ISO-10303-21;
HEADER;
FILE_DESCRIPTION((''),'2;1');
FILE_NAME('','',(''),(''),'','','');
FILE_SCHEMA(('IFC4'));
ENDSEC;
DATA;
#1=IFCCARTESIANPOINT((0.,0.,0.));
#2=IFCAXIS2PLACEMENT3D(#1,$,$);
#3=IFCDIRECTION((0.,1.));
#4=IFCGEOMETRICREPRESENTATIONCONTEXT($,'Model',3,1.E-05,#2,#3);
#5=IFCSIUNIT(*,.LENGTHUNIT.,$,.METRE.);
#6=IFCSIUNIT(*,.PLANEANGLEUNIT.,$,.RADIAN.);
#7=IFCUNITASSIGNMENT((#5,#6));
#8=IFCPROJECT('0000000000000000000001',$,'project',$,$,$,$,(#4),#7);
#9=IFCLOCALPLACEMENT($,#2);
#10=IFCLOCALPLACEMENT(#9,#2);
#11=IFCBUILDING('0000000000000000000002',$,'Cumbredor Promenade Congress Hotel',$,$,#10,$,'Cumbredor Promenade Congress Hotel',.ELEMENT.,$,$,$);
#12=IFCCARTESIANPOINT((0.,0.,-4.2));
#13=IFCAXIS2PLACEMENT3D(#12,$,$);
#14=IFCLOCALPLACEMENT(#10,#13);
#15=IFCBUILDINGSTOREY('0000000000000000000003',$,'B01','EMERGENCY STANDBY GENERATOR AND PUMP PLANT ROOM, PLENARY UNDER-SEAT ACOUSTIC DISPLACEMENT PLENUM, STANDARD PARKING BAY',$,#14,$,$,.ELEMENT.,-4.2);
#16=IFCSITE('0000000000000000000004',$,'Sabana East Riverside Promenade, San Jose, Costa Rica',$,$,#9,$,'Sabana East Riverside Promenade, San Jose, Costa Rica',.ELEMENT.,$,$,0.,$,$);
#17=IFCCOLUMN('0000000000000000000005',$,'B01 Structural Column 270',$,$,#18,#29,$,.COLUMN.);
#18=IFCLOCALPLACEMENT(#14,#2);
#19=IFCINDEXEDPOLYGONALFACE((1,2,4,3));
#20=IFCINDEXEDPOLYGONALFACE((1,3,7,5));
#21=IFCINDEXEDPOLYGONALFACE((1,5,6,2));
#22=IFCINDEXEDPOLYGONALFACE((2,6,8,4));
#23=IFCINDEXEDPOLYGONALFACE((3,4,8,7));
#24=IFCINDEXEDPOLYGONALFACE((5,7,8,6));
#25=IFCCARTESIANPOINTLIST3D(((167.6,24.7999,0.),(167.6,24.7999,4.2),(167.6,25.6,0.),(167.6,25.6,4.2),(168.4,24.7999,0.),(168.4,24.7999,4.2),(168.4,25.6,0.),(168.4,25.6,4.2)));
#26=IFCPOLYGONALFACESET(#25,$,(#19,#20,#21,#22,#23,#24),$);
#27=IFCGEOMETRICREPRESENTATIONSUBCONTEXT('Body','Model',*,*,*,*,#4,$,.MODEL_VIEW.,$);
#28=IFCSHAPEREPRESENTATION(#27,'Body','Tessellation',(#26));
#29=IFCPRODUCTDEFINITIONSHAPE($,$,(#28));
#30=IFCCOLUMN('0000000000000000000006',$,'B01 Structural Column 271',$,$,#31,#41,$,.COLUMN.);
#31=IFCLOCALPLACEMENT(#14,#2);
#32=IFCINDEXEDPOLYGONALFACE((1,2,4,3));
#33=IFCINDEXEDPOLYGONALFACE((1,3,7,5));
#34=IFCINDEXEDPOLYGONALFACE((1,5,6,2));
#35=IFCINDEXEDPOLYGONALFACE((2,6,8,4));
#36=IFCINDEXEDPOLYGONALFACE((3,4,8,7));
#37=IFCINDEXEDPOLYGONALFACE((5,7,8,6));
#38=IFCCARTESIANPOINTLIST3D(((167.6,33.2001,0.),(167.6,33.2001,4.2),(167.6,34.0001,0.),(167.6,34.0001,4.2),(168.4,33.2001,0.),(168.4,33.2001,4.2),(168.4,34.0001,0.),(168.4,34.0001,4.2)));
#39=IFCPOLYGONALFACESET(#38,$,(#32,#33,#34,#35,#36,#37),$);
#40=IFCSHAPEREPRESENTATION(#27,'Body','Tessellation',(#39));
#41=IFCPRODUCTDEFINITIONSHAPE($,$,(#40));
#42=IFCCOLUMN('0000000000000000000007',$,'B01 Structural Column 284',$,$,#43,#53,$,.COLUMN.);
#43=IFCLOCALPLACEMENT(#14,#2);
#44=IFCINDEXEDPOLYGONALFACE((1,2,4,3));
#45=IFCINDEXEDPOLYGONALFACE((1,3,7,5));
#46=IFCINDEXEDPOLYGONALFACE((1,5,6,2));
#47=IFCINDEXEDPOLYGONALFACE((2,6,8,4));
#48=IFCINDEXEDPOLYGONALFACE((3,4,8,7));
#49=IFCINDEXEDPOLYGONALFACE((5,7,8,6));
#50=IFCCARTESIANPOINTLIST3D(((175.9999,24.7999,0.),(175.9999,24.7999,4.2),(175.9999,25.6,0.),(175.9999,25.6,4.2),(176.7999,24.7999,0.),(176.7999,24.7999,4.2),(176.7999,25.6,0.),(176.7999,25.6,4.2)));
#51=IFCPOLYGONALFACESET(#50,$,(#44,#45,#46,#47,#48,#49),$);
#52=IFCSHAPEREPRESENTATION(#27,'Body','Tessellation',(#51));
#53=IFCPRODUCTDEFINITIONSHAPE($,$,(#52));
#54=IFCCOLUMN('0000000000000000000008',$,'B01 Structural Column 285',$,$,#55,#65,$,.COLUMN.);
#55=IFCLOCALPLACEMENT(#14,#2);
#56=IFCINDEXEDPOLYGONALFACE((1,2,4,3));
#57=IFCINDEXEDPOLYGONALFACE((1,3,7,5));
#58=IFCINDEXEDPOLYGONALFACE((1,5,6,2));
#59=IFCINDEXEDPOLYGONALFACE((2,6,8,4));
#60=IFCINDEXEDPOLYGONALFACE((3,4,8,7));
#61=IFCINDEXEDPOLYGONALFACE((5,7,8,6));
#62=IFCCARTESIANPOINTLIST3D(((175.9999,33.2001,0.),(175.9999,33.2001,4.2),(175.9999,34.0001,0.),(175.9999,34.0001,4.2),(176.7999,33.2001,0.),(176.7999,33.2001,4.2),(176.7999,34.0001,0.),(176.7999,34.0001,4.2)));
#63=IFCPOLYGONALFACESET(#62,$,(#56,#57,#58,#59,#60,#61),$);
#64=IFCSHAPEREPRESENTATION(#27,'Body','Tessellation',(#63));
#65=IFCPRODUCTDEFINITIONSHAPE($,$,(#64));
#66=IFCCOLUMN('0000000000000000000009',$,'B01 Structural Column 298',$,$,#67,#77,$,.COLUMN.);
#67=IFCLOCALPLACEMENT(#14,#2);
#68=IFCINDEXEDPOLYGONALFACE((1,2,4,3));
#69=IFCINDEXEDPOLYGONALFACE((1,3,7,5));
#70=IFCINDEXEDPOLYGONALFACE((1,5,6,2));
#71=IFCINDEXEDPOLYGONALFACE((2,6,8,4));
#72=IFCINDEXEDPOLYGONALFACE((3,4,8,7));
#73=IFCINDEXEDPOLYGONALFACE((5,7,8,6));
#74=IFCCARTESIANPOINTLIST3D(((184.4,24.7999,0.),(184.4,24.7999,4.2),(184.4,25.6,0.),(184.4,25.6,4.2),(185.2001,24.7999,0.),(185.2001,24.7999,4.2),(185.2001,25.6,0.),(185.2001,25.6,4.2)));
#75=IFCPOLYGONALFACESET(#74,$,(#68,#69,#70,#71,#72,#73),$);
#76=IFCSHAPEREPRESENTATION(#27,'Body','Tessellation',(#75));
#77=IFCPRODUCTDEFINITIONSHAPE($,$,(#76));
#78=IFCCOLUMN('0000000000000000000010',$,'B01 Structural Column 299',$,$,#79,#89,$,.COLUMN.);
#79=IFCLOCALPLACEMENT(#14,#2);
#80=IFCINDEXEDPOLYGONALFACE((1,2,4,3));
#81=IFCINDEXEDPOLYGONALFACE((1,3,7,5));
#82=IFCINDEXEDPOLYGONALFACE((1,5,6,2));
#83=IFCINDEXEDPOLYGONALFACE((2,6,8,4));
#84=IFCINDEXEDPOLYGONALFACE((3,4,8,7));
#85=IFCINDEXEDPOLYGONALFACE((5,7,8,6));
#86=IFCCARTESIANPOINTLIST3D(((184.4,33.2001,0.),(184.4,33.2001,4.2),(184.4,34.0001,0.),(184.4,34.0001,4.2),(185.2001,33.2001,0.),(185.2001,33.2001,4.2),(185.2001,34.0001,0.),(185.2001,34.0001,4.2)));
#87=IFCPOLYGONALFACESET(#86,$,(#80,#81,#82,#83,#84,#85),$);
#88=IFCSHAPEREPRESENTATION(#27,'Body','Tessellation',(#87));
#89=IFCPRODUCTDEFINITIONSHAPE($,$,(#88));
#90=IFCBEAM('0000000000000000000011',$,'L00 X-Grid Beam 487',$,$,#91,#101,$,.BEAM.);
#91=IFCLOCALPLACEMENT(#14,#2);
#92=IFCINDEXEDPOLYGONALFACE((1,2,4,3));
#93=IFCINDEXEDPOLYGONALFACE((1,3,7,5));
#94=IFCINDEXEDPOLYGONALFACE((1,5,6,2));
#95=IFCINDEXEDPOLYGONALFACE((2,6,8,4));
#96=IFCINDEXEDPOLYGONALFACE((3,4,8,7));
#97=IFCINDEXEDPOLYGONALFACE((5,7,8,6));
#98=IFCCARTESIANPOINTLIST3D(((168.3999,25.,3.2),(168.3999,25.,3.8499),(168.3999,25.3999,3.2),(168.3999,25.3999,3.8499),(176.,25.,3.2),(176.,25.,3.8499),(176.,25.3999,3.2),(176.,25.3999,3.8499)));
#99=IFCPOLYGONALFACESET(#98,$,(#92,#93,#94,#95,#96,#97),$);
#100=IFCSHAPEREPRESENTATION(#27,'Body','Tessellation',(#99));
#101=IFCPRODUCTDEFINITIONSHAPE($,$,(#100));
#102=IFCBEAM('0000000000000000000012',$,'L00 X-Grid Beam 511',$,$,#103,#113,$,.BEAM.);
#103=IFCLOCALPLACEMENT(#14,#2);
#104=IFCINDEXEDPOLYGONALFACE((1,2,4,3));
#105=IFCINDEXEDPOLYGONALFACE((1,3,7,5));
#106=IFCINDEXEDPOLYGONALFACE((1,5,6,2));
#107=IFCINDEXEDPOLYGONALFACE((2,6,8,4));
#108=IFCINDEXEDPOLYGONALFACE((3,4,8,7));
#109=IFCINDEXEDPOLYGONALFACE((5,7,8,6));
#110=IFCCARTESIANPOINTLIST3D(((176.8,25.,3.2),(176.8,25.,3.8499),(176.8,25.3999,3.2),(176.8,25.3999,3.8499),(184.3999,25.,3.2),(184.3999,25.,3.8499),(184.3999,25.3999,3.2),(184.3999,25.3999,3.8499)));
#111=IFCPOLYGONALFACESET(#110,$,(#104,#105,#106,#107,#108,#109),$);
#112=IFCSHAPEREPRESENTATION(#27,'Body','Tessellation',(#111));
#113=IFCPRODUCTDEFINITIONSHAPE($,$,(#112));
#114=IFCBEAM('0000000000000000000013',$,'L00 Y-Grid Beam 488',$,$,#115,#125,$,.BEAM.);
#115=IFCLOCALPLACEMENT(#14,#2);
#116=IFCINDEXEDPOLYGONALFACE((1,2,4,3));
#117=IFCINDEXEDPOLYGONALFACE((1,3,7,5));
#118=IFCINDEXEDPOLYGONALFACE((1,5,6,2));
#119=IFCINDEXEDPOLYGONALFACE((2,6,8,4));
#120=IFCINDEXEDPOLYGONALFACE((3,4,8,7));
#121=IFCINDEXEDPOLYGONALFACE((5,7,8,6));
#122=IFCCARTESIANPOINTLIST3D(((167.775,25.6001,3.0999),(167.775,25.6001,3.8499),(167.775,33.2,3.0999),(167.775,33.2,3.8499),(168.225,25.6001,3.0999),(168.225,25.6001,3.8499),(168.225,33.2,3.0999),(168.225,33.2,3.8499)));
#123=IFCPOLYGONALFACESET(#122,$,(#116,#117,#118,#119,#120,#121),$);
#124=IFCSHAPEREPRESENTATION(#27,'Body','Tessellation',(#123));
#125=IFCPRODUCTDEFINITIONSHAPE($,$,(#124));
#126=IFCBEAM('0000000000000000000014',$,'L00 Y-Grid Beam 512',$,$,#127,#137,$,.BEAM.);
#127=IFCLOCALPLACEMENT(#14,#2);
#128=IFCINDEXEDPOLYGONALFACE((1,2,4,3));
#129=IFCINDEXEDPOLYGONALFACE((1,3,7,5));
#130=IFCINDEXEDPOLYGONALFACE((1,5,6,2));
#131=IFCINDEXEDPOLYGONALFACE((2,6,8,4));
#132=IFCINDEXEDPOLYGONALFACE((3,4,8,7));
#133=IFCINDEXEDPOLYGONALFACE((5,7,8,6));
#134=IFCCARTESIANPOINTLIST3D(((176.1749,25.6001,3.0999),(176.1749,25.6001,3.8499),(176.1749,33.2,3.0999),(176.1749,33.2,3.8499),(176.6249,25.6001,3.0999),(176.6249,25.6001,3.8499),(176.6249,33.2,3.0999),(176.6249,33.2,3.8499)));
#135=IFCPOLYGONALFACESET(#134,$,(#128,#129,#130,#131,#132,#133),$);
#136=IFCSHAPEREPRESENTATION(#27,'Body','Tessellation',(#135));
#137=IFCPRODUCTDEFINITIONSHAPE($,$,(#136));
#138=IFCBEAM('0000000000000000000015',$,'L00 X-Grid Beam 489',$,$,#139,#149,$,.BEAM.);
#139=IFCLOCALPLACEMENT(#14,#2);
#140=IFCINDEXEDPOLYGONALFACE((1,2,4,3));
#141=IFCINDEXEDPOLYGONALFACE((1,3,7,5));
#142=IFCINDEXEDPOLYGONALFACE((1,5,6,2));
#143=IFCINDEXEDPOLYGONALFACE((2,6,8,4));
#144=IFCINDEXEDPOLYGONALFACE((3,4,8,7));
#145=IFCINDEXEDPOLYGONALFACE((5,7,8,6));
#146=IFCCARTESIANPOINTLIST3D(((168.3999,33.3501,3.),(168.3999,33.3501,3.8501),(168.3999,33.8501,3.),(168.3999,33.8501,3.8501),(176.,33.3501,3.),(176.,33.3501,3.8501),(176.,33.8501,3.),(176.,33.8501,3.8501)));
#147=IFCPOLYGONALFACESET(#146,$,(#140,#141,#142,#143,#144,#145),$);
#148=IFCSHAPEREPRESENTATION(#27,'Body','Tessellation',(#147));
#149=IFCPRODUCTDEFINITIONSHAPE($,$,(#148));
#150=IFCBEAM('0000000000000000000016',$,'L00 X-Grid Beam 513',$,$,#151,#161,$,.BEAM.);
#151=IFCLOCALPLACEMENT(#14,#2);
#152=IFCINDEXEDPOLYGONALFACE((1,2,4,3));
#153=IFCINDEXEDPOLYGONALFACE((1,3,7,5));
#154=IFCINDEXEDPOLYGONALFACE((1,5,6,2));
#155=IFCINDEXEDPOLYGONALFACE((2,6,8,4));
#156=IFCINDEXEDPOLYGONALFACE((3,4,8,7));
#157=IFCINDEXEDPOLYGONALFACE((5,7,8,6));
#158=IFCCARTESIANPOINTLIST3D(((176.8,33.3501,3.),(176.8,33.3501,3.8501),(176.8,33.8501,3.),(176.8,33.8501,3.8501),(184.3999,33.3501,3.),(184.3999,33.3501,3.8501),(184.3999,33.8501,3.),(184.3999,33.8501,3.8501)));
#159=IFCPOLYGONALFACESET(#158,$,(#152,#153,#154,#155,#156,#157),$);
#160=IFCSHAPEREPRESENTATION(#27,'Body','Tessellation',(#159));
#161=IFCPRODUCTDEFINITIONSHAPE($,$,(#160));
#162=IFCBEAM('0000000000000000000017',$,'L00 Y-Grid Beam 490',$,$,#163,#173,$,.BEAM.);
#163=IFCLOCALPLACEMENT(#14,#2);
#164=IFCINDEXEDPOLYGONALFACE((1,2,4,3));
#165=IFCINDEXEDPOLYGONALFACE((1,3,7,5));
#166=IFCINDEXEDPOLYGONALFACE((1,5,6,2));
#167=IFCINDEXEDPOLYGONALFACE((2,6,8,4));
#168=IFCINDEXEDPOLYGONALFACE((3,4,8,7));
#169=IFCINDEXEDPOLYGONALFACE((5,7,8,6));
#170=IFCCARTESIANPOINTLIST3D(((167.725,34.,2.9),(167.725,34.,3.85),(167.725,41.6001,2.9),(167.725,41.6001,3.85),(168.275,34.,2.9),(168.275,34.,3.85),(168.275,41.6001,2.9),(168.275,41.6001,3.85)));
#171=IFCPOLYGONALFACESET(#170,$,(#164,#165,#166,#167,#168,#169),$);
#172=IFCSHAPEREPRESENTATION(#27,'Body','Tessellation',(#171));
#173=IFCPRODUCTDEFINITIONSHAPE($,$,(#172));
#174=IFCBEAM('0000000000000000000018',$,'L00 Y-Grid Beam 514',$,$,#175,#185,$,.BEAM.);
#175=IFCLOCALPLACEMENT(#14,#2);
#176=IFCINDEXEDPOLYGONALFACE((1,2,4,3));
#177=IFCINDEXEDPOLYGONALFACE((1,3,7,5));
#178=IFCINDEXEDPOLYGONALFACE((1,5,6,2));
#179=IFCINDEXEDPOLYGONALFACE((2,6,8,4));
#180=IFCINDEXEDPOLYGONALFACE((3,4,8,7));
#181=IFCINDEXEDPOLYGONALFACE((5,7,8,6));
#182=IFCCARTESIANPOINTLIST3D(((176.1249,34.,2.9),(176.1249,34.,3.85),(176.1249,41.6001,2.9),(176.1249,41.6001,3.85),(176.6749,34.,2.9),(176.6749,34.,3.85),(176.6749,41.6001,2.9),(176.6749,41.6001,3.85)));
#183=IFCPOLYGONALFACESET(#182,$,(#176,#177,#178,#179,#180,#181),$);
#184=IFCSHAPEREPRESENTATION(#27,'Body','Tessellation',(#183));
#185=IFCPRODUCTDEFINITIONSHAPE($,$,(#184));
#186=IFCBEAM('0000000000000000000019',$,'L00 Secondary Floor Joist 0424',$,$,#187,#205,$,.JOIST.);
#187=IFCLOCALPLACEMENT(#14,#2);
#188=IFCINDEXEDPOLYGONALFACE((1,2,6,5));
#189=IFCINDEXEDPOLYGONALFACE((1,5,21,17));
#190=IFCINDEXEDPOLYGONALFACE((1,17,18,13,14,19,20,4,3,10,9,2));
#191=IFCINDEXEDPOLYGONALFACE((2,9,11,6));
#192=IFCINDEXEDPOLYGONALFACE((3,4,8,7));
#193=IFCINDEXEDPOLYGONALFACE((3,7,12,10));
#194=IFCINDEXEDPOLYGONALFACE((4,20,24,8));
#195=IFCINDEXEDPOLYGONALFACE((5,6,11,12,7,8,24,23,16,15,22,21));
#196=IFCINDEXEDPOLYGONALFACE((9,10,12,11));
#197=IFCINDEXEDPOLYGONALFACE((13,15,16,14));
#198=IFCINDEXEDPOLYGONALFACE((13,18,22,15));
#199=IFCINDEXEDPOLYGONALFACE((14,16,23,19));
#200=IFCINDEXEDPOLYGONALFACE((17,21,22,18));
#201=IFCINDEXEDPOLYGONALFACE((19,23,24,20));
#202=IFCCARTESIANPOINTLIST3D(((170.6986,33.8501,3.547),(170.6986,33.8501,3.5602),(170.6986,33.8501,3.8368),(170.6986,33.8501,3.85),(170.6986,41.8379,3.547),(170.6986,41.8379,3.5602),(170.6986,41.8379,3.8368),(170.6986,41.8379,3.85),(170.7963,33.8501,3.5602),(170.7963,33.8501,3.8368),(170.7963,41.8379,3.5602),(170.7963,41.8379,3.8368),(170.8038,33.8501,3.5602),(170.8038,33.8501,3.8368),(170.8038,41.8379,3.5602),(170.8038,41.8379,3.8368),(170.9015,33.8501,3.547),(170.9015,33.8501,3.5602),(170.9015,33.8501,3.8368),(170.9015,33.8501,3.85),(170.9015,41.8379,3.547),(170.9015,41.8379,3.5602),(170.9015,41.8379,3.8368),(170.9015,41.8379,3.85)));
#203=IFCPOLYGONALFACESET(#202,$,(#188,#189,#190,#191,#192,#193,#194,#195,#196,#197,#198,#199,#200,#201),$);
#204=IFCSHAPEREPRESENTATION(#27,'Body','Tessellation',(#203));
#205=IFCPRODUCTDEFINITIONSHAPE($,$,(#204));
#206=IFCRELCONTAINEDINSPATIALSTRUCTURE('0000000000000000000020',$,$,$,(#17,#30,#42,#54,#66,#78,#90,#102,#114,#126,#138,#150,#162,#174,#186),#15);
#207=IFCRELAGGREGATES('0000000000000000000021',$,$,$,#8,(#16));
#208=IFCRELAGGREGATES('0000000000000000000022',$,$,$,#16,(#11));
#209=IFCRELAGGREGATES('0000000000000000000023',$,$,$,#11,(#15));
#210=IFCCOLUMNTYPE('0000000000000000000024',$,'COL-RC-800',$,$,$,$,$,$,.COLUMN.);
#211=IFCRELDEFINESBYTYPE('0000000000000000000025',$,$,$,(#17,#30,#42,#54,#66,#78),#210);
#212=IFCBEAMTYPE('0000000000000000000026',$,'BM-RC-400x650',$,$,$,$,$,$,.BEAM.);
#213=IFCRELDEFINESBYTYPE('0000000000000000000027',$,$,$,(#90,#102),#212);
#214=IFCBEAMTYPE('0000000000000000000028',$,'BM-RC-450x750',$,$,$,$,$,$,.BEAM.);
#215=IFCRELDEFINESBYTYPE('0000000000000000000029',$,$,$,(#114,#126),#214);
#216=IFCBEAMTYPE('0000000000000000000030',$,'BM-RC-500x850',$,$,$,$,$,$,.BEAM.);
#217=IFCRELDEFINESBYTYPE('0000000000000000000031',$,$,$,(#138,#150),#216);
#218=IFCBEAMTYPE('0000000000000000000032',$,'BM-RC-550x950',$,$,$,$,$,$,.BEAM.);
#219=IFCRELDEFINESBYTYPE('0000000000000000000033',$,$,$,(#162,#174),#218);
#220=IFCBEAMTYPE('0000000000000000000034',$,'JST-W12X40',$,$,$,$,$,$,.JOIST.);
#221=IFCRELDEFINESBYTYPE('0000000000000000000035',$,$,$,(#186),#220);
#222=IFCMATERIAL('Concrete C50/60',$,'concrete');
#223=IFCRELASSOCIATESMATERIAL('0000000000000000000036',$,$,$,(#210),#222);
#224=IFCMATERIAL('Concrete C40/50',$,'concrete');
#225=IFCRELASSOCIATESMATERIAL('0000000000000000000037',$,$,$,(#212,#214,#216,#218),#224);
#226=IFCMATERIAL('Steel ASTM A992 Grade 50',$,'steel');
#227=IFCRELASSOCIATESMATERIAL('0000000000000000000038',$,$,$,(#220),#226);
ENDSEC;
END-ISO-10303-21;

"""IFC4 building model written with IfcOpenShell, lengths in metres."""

from ifc_helpers import new_model, si_unit, direction, frame, origin, origin_2d, place, context, subcontext, project, spatial, rectangle, i_section, extrude, material, material_profile, profile_set, type_object, element, save


model = new_model("IFC4")

# Units and contexts
model_context = context("Model", 3, precision=1e-05, world=origin(), true_north=direction((0.0, 1.0)))
body_context = subcontext(model_context, "Body", "Model", "MODEL_VIEW")
ifc_project = project(units=[si_unit("LENGTHUNIT", "METRE"), si_unit("PLANEANGLEUNIT", "RADIAN")], contexts=[model_context])

# Site, building, storey
site_placement = place(None, origin())
site = spatial("IfcSite", under=ifc_project, at=site_placement, Name="Sabana East Riverside Promenade, San Jose, Costa Rica", LongName="Sabana East Riverside Promenade, San Jose, Costa Rica", CompositionType="ELEMENT", RefElevation=0.0)
building_placement = place(site_placement, origin())
building = spatial("IfcBuilding", under=site, at=building_placement, Name="Cumbredor Promenade Congress Hotel", LongName="Cumbredor Promenade Congress Hotel", CompositionType="ELEMENT")
storey_placement = place(building_placement, frame((0.0, 0.0, -4.2)))
storey = spatial("IfcBuildingStorey", under=building, at=storey_placement, Name="B01", Description="EMERGENCY STANDBY GENERATOR AND PUMP PLANT ROOM, PLENARY UNDER-SEAT ACOUSTIC DISPLACEMENT PLENUM, STANDARD PARKING BAY", CompositionType="ELEMENT", Elevation=-4.2)

# Columns
ifc_material_1 = material(Name="Concrete C50/60", Category="concrete")
ifc_material_profile_1 = material_profile(ifc_material_1, rectangle(XDim=0.8, YDim=0.8, at=origin_2d()), Name="RC 800x800")
ifc_profile_set_1 = profile_set([ifc_material_profile_1], Name="Concrete C50/60")
column_type = type_object("IfcColumnType", Name="COL-RC-800", PredefinedType="COLUMN", material=ifc_profile_set_1)
for number, where, z_axis, x_axis, name in (
    (1, (168.0, 25.2, 0.0), (0.0, 0.0, 1.0), (1.0, 0.0, 0.0), "B01 Structural Column 270"),
    (2, (168.0, 33.6001, 0.0), (0.0, 0.0, 1.0), (1.0, 0.0, 0.0), "B01 Structural Column 271"),
    (3, (176.3999, 25.2, 0.0), (0.0, 0.0, 1.0), (1.0, 0.0, 0.0), "B01 Structural Column 284"),
    (4, (176.3999, 33.6001, 0.0), (0.0, 0.0, 1.0), (1.0, 0.0, 0.0), "B01 Structural Column 285"),
    (5, (184.8, 25.2, 0.0), (0.0, 0.0, 1.0), (1.0, 0.0, 0.0), "B01 Structural Column 298"),
    (6, (184.8, 33.6001, 0.0), (0.0, 0.0, 1.0), (1.0, 0.0, 0.0), "B01 Structural Column 299"),
):
    element("IfcColumn", number, at=place(storey_placement, frame(where, z_axis=z_axis, x_axis=x_axis)), inside=storey, type_object=column_type, Name=name, PredefinedType="COLUMN", context=body_context, shape_type="SweptSolid", body=[
        extrude(rectangle(XDim=0.8, YDim=0.8, at=origin_2d()), origin(), (0.0, 0.0, 1.0), 4.2),
    ])

# Beams
ifc_material_2 = material(Name="Concrete C40/50", Category="concrete")
ifc_material_profile_2 = material_profile(ifc_material_2, rectangle(XDim=0.3999, YDim=0.6499, at=origin_2d()), Name="RC BEAM 400x650")
ifc_profile_set_2 = profile_set([ifc_material_profile_2], Name="Concrete C40/50")
beam_type_1 = type_object("IfcBeamType", Name="BM-RC-400x650", PredefinedType="BEAM", material=ifc_profile_set_2)
beam_1_placement = place(storey_placement, frame((168.3999, 25.2, 3.5249), z_axis=(1.0, 0.0, 0.0), x_axis=(0.0, 1.0, 0.0)))
element("IfcBeam", 7, at=beam_1_placement, inside=storey, type_object=beam_type_1, Name="L00 X-Grid Beam 487", PredefinedType="BEAM", context=body_context, shape_type="SweptSolid", body=[
    extrude(rectangle(XDim=0.3999, YDim=0.6499, at=origin_2d()), origin(), (0.0, 0.0, 1.0), 7.6001),
])
beam_2_placement = place(storey_placement, frame((176.8, 25.2, 3.5249), z_axis=(1.0, 0.0, 0.0), x_axis=(0.0, 1.0, 0.0)))
element("IfcBeam", 8, at=beam_2_placement, inside=storey, type_object=beam_type_1, Name="L00 X-Grid Beam 511", PredefinedType="BEAM", context=body_context, shape_type="SweptSolid", body=[
    extrude(rectangle(XDim=0.3999, YDim=0.6499, at=origin_2d()), origin(), (0.0, 0.0, 1.0), 7.5999),
])
ifc_material_profile_3 = material_profile(ifc_material_2, rectangle(XDim=0.45, YDim=0.75, at=origin_2d()), Name="RC BEAM 450x750")
ifc_profile_set_3 = profile_set([ifc_material_profile_3], Name="Concrete C40/50")
beam_type_2 = type_object("IfcBeamType", Name="BM-RC-450x750", PredefinedType="BEAM", material=ifc_profile_set_3)
for number, where, z_axis, x_axis, name in (
    (9, (168.0, 25.6001, 3.4749), (0.0, 1.0, 0.0), (-1.0, 0.0, 0.0), "L00 Y-Grid Beam 488"),
    (10, (176.3999, 25.6001, 3.4749), (0.0, 1.0, 0.0), (-1.0, 0.0, 0.0), "L00 Y-Grid Beam 512"),
):
    element("IfcBeam", number, at=place(storey_placement, frame(where, z_axis=z_axis, x_axis=x_axis)), inside=storey, type_object=beam_type_2, Name=name, PredefinedType="BEAM", context=body_context, shape_type="SweptSolid", body=[
        extrude(rectangle(XDim=0.45, YDim=0.75, at=origin_2d()), origin(), (0.0, 0.0, 1.0), 7.5999),
    ])
ifc_material_profile_4 = material_profile(ifc_material_2, rectangle(XDim=0.5, YDim=0.8501, at=origin_2d()), Name="RC BEAM 500x850")
ifc_profile_set_4 = profile_set([ifc_material_profile_4], Name="Concrete C40/50")
beam_type_3 = type_object("IfcBeamType", Name="BM-RC-500x850", PredefinedType="BEAM", material=ifc_profile_set_4)
beam_3_placement = place(storey_placement, frame((168.3999, 33.6001, 3.425), z_axis=(1.0, 0.0, 0.0), x_axis=(0.0, 1.0, 0.0)))
element("IfcBeam", 11, at=beam_3_placement, inside=storey, type_object=beam_type_3, Name="L00 X-Grid Beam 489", PredefinedType="BEAM", context=body_context, shape_type="SweptSolid", body=[
    extrude(rectangle(XDim=0.5, YDim=0.8501, at=origin_2d()), origin(), (0.0, 0.0, 1.0), 7.6001),
])
beam_4_placement = place(storey_placement, frame((176.8, 33.6001, 3.425), z_axis=(1.0, 0.0, 0.0), x_axis=(0.0, 1.0, 0.0)))
element("IfcBeam", 12, at=beam_4_placement, inside=storey, type_object=beam_type_3, Name="L00 X-Grid Beam 513", PredefinedType="BEAM", context=body_context, shape_type="SweptSolid", body=[
    extrude(rectangle(XDim=0.5, YDim=0.8501, at=origin_2d()), origin(), (0.0, 0.0, 1.0), 7.5999),
])
ifc_material_profile_5 = material_profile(ifc_material_2, rectangle(XDim=0.55, YDim=0.95, at=origin_2d()), Name="RC BEAM 550x950")
ifc_profile_set_5 = profile_set([ifc_material_profile_5], Name="Concrete C40/50")
beam_type_4 = type_object("IfcBeamType", Name="BM-RC-550x950", PredefinedType="BEAM", material=ifc_profile_set_5)
for number, where, z_axis, x_axis, name in (
    (13, (168.0, 34.0, 3.375), (0.0, 1.0, 0.0), (-1.0, 0.0, 0.0), "L00 Y-Grid Beam 490"),
    (14, (176.3999, 34.0, 3.375), (0.0, 1.0, 0.0), (-1.0, 0.0, 0.0), "L00 Y-Grid Beam 514"),
):
    element("IfcBeam", number, at=place(storey_placement, frame(where, z_axis=z_axis, x_axis=x_axis)), inside=storey, type_object=beam_type_4, Name=name, PredefinedType="BEAM", context=body_context, shape_type="SweptSolid", body=[
        extrude(rectangle(XDim=0.55, YDim=0.95, at=origin_2d()), origin(), (0.0, 0.0, 1.0), 7.6001),
    ])
ifc_material_3 = material(Name="Steel ASTM A992 Grade 50", Category="steel")
ifc_material_profile_6 = material_profile(ifc_material_3, i_section(OverallWidth=0.2029, OverallDepth=0.303, WebThickness=0.0076, FlangeThickness=0.0132, at=origin_2d()), Name="W12X40")
ifc_profile_set_6 = profile_set([ifc_material_profile_6], Name="Steel ASTM A992 Grade 50")
beam_type_5 = type_object("IfcBeamType", Name="JST-W12X40", PredefinedType="JOIST", material=ifc_profile_set_6)
for number, where, z_axis, x_axis, name in (
    (15, (170.8, 33.8501, 3.6985), (0.0, 1.0, 0.0), (-1.0, 0.0, 0.0), "L00 Secondary Floor Joist 0424"),
):
    element("IfcBeam", number, at=place(storey_placement, frame(where, z_axis=z_axis, x_axis=x_axis)), inside=storey, type_object=beam_type_5, Name=name, PredefinedType="JOIST", context=body_context, shape_type="SweptSolid", body=[
        extrude(i_section(OverallWidth=0.2029, OverallDepth=0.303, WebThickness=0.0076, FlangeThickness=0.0132, at=origin_2d()), origin(), (0.0, 0.0, 1.0), 7.9878),
    ])

save(model, "model.ifc")
